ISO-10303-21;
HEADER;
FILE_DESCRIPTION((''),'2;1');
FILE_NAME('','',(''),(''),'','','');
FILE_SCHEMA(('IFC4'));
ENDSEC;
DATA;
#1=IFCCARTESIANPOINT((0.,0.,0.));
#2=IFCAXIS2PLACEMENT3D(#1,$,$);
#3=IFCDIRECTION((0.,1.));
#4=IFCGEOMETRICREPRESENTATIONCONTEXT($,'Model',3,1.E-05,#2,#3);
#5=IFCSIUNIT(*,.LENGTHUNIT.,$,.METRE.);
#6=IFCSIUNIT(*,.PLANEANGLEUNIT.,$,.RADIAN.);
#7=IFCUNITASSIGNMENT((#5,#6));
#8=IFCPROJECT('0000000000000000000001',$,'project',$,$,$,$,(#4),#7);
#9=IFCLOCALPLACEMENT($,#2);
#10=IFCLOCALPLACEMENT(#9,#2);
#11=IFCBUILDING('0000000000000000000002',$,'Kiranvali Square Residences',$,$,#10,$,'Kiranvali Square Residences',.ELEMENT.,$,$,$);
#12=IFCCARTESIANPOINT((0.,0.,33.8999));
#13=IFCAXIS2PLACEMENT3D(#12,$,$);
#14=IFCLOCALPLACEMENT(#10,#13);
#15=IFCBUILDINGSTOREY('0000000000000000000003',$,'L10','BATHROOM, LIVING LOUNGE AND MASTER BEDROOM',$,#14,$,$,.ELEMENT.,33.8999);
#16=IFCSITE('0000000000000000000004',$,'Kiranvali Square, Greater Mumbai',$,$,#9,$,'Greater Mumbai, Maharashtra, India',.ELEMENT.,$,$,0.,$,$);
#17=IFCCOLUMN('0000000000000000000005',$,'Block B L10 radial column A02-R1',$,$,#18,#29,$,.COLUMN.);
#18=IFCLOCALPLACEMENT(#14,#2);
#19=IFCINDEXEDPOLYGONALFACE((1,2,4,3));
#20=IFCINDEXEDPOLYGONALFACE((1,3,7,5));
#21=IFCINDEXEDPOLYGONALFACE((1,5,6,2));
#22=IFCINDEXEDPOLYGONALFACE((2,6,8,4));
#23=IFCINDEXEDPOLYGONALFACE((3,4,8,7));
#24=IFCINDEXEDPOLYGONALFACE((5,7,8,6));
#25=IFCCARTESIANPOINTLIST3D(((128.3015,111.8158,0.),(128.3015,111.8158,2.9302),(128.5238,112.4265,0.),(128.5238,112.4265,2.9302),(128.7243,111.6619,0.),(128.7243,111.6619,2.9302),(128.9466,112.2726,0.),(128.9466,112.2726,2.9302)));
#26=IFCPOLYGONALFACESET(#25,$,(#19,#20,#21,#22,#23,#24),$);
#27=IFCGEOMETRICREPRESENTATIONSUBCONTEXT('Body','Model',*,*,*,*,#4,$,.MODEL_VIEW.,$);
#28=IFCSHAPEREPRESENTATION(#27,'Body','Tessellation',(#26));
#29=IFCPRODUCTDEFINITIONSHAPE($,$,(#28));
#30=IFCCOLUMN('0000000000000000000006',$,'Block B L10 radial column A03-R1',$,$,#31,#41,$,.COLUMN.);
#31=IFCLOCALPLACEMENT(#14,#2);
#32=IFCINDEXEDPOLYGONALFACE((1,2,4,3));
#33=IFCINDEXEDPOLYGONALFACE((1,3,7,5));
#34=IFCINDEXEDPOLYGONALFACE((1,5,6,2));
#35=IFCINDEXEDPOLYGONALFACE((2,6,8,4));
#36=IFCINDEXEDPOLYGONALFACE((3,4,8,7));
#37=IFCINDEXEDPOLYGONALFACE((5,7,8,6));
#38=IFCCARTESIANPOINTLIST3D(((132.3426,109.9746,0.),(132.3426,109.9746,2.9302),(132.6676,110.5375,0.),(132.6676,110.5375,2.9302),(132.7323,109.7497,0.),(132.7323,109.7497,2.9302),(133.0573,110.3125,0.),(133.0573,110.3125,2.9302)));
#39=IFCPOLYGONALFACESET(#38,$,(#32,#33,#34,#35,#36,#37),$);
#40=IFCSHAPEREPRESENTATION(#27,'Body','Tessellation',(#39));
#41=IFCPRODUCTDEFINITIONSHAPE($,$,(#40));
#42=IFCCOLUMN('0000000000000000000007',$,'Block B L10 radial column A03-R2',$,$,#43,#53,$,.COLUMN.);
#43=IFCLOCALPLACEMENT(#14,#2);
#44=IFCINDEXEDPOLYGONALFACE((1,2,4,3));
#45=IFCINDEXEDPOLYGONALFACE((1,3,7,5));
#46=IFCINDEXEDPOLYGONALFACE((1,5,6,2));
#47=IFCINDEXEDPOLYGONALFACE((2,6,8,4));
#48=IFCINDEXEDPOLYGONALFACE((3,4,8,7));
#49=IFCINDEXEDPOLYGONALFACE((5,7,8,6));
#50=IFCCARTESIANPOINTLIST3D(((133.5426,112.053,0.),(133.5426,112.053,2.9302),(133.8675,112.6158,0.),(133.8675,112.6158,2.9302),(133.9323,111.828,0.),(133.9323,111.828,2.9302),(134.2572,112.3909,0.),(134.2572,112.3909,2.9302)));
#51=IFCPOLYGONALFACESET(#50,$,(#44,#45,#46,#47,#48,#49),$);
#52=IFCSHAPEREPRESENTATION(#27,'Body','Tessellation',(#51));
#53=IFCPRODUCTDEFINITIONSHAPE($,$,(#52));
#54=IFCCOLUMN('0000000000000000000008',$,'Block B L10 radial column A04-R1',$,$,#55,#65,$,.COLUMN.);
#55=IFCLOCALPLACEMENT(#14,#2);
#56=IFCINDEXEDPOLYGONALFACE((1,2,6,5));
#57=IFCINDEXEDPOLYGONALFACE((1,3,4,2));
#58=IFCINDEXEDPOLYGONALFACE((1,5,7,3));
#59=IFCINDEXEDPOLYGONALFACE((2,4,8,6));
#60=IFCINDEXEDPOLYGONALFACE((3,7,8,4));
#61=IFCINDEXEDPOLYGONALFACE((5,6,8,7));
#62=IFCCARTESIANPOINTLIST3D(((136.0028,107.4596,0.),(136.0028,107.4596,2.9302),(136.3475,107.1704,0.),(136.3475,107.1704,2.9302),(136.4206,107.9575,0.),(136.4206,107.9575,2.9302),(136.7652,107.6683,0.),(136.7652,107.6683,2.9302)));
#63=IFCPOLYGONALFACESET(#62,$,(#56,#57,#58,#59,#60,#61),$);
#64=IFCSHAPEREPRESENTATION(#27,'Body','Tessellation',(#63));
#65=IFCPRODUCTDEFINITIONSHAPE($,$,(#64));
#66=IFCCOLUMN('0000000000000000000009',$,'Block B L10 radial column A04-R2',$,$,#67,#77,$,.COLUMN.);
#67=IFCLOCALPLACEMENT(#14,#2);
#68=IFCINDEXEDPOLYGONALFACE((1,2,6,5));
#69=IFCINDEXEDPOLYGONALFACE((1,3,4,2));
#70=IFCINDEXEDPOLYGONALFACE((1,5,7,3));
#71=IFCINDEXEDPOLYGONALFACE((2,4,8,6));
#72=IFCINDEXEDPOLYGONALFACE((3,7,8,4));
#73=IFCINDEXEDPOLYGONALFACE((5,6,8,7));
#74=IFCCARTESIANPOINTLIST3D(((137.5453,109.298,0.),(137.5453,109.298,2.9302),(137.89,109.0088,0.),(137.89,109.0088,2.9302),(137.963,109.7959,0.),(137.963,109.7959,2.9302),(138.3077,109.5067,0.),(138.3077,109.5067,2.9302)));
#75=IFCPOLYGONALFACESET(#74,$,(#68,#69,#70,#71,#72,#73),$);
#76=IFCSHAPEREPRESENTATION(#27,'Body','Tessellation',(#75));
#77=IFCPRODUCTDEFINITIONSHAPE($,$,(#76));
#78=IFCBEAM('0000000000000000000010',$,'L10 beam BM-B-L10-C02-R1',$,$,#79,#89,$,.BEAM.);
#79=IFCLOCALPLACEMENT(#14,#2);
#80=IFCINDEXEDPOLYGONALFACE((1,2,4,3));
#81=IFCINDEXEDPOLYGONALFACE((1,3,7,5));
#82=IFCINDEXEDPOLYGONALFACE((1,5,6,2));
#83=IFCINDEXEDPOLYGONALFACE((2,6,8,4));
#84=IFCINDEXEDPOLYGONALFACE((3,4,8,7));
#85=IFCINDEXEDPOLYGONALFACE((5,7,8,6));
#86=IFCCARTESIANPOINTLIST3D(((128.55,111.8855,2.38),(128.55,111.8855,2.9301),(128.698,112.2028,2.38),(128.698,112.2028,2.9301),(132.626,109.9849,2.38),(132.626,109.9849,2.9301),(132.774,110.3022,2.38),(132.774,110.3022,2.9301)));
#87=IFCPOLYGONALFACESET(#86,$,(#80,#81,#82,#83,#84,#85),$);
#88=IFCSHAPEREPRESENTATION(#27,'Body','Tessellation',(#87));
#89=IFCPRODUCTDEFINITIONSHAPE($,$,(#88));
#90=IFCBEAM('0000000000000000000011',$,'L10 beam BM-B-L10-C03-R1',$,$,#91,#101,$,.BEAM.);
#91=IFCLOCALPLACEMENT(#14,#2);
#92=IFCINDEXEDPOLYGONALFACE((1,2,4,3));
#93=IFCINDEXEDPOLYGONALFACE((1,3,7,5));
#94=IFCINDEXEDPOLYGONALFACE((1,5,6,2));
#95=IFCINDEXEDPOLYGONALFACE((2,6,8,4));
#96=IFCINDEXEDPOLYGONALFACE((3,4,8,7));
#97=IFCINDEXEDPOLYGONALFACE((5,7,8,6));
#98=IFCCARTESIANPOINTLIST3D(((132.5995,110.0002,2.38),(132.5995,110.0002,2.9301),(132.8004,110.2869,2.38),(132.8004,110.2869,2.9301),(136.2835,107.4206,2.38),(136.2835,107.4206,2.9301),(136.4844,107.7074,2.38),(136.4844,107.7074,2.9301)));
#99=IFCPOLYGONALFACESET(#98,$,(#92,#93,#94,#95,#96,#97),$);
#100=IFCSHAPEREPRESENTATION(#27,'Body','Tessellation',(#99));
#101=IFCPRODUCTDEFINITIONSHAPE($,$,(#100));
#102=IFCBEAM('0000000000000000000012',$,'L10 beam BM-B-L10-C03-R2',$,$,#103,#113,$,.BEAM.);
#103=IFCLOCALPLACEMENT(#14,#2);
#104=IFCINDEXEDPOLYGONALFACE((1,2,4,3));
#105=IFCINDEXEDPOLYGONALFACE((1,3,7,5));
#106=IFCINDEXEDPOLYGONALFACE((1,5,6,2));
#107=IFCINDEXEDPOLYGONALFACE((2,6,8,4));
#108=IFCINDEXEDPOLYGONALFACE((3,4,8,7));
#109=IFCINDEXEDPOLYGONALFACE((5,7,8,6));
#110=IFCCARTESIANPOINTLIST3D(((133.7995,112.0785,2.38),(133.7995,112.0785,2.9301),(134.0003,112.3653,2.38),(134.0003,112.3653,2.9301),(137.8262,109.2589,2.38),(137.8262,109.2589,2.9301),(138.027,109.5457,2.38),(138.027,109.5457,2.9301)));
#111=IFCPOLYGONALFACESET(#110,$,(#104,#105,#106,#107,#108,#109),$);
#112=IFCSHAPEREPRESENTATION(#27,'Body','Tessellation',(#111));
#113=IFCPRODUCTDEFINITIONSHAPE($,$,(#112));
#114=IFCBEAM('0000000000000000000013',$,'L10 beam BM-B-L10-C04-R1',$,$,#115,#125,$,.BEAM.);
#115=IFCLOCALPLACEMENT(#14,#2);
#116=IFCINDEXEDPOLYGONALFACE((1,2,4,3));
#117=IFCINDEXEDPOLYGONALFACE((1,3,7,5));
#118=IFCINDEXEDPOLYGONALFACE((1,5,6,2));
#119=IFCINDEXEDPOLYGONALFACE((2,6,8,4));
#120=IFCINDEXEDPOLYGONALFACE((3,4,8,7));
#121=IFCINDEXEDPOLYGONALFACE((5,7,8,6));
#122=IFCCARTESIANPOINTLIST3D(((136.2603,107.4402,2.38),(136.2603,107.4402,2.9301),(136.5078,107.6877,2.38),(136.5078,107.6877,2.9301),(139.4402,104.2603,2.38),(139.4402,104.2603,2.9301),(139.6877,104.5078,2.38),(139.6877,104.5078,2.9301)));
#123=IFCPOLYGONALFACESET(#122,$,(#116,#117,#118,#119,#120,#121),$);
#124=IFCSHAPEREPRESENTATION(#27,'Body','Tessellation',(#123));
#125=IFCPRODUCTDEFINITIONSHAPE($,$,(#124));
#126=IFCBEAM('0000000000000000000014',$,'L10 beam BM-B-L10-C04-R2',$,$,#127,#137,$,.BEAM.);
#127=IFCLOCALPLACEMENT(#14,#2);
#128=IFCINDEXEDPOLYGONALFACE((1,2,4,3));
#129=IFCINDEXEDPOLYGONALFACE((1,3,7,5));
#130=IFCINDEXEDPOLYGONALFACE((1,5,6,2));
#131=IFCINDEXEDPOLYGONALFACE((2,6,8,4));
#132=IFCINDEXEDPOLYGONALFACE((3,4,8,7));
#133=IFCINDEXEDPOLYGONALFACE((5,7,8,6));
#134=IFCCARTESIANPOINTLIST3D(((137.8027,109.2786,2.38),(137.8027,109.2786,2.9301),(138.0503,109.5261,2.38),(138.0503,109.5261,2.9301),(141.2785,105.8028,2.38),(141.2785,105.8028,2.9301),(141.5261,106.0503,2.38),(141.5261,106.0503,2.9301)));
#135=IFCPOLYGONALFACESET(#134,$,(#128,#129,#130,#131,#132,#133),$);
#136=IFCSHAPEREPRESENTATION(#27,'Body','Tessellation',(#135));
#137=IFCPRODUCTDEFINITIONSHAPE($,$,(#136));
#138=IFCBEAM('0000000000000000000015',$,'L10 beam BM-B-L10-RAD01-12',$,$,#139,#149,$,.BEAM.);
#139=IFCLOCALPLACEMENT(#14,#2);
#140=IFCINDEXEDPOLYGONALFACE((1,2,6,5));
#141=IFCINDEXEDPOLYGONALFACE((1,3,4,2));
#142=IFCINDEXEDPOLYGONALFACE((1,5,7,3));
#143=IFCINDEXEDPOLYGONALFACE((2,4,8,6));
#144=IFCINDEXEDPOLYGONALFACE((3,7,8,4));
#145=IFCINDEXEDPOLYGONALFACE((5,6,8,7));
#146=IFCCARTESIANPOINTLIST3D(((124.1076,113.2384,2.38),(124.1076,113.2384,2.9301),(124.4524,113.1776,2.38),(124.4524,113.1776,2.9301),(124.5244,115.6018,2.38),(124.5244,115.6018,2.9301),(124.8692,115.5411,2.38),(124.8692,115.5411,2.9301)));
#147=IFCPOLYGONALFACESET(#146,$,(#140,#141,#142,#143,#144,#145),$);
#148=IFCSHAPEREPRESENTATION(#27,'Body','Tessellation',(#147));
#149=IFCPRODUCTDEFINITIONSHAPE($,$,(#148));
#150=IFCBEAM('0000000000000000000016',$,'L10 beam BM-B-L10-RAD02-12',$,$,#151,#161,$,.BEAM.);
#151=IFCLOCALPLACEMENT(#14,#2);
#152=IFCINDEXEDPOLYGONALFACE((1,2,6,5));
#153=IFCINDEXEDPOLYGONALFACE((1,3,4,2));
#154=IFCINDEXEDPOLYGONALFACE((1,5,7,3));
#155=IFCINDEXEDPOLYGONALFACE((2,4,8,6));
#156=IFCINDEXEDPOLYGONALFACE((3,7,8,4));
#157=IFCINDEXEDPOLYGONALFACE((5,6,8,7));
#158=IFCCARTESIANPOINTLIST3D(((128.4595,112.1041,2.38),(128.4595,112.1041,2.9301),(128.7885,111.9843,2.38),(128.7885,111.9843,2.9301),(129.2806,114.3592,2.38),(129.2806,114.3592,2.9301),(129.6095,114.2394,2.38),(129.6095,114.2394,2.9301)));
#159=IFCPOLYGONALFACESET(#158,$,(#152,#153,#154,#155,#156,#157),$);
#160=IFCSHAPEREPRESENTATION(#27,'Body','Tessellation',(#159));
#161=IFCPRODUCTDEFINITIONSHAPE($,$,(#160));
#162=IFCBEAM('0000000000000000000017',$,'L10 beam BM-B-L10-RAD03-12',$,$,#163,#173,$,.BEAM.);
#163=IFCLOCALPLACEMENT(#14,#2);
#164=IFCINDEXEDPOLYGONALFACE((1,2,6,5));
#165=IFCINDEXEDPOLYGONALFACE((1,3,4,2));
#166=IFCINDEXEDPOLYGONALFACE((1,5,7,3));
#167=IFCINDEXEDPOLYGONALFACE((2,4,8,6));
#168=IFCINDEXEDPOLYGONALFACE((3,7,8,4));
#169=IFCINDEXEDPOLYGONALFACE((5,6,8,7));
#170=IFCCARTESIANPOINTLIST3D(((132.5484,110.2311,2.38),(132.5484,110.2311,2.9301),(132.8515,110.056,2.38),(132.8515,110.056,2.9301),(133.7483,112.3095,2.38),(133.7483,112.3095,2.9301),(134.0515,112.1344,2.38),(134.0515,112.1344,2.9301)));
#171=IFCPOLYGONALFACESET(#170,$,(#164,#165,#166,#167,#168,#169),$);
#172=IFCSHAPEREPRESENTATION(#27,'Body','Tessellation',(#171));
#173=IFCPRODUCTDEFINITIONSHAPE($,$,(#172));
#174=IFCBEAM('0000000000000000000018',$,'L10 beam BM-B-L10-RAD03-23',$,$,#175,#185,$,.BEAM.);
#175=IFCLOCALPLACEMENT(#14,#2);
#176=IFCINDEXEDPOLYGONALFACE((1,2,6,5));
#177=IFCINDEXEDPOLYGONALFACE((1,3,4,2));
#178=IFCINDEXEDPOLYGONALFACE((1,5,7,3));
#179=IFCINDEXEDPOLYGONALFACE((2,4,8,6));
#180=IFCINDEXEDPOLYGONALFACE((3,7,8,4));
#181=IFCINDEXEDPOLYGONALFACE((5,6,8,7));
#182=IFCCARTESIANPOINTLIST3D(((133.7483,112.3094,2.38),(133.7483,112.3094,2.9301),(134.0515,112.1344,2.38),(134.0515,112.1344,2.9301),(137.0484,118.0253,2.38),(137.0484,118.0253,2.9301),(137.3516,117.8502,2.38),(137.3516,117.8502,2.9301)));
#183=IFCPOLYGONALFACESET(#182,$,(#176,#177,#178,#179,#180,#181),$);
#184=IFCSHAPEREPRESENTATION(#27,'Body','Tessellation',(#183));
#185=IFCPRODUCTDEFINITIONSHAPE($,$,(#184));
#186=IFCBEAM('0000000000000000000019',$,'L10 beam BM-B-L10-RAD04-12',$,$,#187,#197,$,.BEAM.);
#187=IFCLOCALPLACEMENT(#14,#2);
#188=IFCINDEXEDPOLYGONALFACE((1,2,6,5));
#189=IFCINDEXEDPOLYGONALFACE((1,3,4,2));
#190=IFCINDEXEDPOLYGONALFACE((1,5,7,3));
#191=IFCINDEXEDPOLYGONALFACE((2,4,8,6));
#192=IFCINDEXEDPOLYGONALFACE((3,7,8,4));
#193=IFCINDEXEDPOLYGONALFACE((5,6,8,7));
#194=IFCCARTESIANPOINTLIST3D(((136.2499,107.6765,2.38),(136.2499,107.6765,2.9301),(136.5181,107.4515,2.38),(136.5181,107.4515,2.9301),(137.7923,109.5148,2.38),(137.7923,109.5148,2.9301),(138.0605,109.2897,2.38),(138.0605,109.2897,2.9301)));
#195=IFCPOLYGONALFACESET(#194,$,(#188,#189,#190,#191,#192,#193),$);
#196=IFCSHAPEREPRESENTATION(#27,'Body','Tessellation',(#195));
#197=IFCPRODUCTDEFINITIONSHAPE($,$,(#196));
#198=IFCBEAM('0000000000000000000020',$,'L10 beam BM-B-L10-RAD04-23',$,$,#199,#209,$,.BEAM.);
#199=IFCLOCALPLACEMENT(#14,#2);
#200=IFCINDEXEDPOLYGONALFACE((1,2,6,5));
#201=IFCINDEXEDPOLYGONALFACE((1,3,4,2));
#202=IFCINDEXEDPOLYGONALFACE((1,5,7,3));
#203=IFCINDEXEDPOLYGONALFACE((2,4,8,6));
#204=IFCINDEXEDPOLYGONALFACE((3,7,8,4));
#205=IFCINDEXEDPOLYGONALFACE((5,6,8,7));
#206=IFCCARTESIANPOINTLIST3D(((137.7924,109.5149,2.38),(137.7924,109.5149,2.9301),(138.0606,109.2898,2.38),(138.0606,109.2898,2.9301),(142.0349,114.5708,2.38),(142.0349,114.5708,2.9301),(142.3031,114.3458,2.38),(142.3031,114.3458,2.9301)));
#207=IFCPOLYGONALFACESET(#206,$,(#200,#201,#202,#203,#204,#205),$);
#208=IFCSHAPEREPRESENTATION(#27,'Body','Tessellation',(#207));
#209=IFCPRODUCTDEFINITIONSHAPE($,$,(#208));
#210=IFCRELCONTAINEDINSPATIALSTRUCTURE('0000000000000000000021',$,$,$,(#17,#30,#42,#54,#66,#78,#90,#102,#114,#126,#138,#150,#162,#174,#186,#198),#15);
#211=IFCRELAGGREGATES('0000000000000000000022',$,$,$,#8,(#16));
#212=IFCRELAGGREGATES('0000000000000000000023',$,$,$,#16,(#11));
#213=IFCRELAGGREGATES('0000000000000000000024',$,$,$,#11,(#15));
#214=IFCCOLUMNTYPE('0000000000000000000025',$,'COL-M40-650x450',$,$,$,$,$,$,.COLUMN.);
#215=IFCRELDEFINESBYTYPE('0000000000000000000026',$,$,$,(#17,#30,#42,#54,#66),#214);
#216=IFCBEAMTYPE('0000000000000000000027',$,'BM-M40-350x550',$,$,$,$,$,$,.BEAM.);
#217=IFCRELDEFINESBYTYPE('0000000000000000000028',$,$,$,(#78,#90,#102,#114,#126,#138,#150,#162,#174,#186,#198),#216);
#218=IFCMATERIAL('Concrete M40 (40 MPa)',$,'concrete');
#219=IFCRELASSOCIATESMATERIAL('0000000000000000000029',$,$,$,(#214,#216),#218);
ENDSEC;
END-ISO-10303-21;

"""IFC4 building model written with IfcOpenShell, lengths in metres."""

from ifc_helpers import new_model, si_unit, direction, frame, origin, origin_2d, place, context, subcontext, project, spatial, rectangle, extrude, material, material_profile, profile_set, type_object, element, save


model = new_model("IFC4")

# Units and contexts
model_context = context("Model", 3, precision=1e-05, world=origin(), true_north=direction((0.0, 1.0)))
body_context = subcontext(model_context, "Body", "Model", "MODEL_VIEW")
ifc_project = project(units=[si_unit("LENGTHUNIT", "METRE"), si_unit("PLANEANGLEUNIT", "RADIAN")], contexts=[model_context])

# Site, building, storey
site_placement = place(None, origin())
site = spatial("IfcSite", under=ifc_project, at=site_placement, Name="Kiranvali Square, Greater Mumbai", LongName="Greater Mumbai, Maharashtra, India", CompositionType="ELEMENT", RefElevation=0.0)
building_placement = place(site_placement, origin())
building = spatial("IfcBuilding", under=site, at=building_placement, Name="Kiranvali Square Residences", LongName="Kiranvali Square Residences", CompositionType="ELEMENT")
storey_placement = place(building_placement, frame((0.0, 0.0, 33.8999)))
storey = spatial("IfcBuildingStorey", under=building, at=storey_placement, Name="L10", Description="BATHROOM, LIVING LOUNGE AND MASTER BEDROOM", CompositionType="ELEMENT", Elevation=33.8999)

# Columns
ifc_material_1 = material(Name="Concrete M40 (40 MPa)", Category="concrete")
ifc_material_profile_1 = material_profile(ifc_material_1, rectangle(XDim=0.45, YDim=0.6499, at=origin_2d()), Name="RC 650x450")
ifc_profile_set_1 = profile_set([ifc_material_profile_1], Name="Concrete M40 (40 MPa)")
column_type = type_object("IfcColumnType", Name="COL-M40-650x450", PredefinedType="COLUMN", material=ifc_profile_set_1)
for number, where, z_axis, x_axis, name in (
    (1, (128.624, 112.0442, 0.0), (0.0, 0.0, 1.0), (-0.939693, 0.34202, 0.0), "Block B L10 radial column A02-R1"),
    (2, (132.7, 110.1436, 0.0), (0.0, 0.0, 1.0), (-0.866025, 0.5, 0.0), "Block B L10 radial column A03-R1"),
    (3, (133.8999, 112.2219, 0.0), (0.0, 0.0, 1.0), (-0.866025, 0.5, 0.0), "Block B L10 radial column A03-R2"),
    (4, (136.384, 107.564, 0.0), (0.0, 0.0, 1.0), (-0.766044, 0.642788, 0.0), "Block B L10 radial column A04-R1"),
    (5, (137.9265, 109.4023, 0.0), (0.0, 0.0, 1.0), (-0.766044, 0.642788, 0.0), "Block B L10 radial column A04-R2"),
):
    element("IfcColumn", number, at=place(storey_placement, frame(where, z_axis=z_axis, x_axis=x_axis)), inside=storey, type_object=column_type, Name=name, PredefinedType="COLUMN", context=body_context, shape_type="SweptSolid", body=[
        extrude(rectangle(XDim=0.45, YDim=0.6499, at=origin_2d()), origin(), (0.0, 0.0, 1.0), 2.9302),
    ])

# Beams
ifc_material_profile_2 = material_profile(ifc_material_1, rectangle(XDim=0.3501, YDim=0.55, at=origin_2d()), Name="RC 350x550")
ifc_profile_set_2 = profile_set([ifc_material_profile_2], Name="Concrete M40 (40 MPa)")
beam_type = type_object("IfcBeamType", Name="BM-M40-350x550", PredefinedType="BEAM", material=ifc_profile_set_2)
for number, where, z_axis, x_axis, name in (
    (6, (128.624, 112.0442, 2.655), (0.906308, -0.422618, 0.0), (0.422618, 0.906308, 0.0), "L10 beam BM-B-L10-C02-R1"),
    (7, (132.7, 110.1436, 2.655), (0.819155, -0.573572, 0.0), (0.573572, 0.819155, 0.0), "L10 beam BM-B-L10-C03-R1"),
):
    element("IfcBeam", number, at=place(storey_placement, frame(where, z_axis=z_axis, x_axis=x_axis)), inside=storey, type_object=beam_type, Name=name, PredefinedType="BEAM", context=body_context, shape_type="SweptSolid", body=[
        extrude(rectangle(XDim=0.3501, YDim=0.55, at=origin_2d()), origin(), (0.0, 0.0, 1.0), 4.4973),
    ])
beam_1_placement = place(storey_placement, frame((133.8999, 112.2219, 2.655), z_axis=(0.819141, -0.573592, 0.0), x_axis=(0.573592, 0.819141, 0.0)))
element("IfcBeam", 8, at=beam_1_placement, inside=storey, type_object=beam_type, Name="L10 beam BM-B-L10-C03-R2", PredefinedType="BEAM", context=body_context, shape_type="SweptSolid", body=[
    extrude(rectangle(XDim=0.3501, YDim=0.55, at=origin_2d()), origin(), (0.0, 0.0, 1.0), 4.9158),
])
beam_2_placement = place(storey_placement, frame((136.384, 107.564, 2.655), z_axis=(0.707107, -0.707107, 0.0), x_axis=(0.707107, 0.707107, 0.0)))
element("IfcBeam", 9, at=beam_2_placement, inside=storey, type_object=beam_type, Name="L10 beam BM-B-L10-C04-R1", PredefinedType="BEAM", context=body_context, shape_type="SweptSolid", body=[
    extrude(rectangle(XDim=0.3501, YDim=0.55, at=origin_2d()), origin(), (0.0, 0.0, 1.0), 4.4971),
])
beam_3_placement = place(storey_placement, frame((137.9265, 109.4023, 2.655), z_axis=(0.707107, -0.707107, 0.0), x_axis=(0.707107, 0.707107, 0.0)))
element("IfcBeam", 10, at=beam_3_placement, inside=storey, type_object=beam_type, Name="L10 beam BM-B-L10-C04-R2", PredefinedType="BEAM", context=body_context, shape_type="SweptSolid", body=[
    extrude(rectangle(XDim=0.3501, YDim=0.55, at=origin_2d()), origin(), (0.0, 0.0, 1.0), 4.9155),
])
for number, where, z_axis, x_axis, name in (
    (11, (124.28, 113.208, 2.655), (0.173646, 0.984808, 0.0), (-0.984808, 0.173646, 0.0), "L10 beam BM-B-L10-RAD01-12"),
    (12, (128.624, 112.0442, 2.655), (0.342111, 0.93966, 0.0), (-0.93966, 0.342111, 0.0), "L10 beam BM-B-L10-RAD02-12"),
    (13, (132.7, 110.1436, 2.655), (0.500001, 0.866025, 0.0), (-0.866025, 0.500001, 0.0), "L10 beam BM-B-L10-RAD03-12"),
):
    element("IfcBeam", number, at=place(storey_placement, frame(where, z_axis=z_axis, x_axis=x_axis)), inside=storey, type_object=beam_type, Name=name, PredefinedType="BEAM", context=body_context, shape_type="SweptSolid", body=[
        extrude(rectangle(XDim=0.3501, YDim=0.55, at=origin_2d()), origin(), (0.0, 0.0, 1.0), 2.3999),
    ])
beam_4_placement = place(storey_placement, frame((133.8999, 112.2219, 2.655), z_axis=(0.500002, 0.866024, 0.0), x_axis=(-0.866024, 0.500002, 0.0)))
element("IfcBeam", 14, at=beam_4_placement, inside=storey, type_object=beam_type, Name="L10 beam BM-B-L10-RAD03-23", PredefinedType="BEAM", context=body_context, shape_type="SweptSolid", body=[
    extrude(rectangle(XDim=0.3501, YDim=0.55, at=origin_2d()), origin(), (0.0, 0.0, 1.0), 6.6001),
])
beam_5_placement = place(storey_placement, frame((136.384, 107.564, 2.655), z_axis=(0.642763, 0.766065, 0.0), x_axis=(-0.766065, 0.642763, 0.0)))
element("IfcBeam", 15, at=beam_5_placement, inside=storey, type_object=beam_type, Name="L10 beam BM-B-L10-RAD04-12", PredefinedType="BEAM", context=body_context, shape_type="SweptSolid", body=[
    extrude(rectangle(XDim=0.3501, YDim=0.55, at=origin_2d()), origin(), (0.0, 0.0, 1.0), 2.3997),
])
beam_6_placement = place(storey_placement, frame((137.9265, 109.4023, 2.655), z_axis=(0.642789, 0.766043, 0.0), x_axis=(-0.766043, 0.642789, 0.0)))
element("IfcBeam", 16, at=beam_6_placement, inside=storey, type_object=beam_type, Name="L10 beam BM-B-L10-RAD04-23", PredefinedType="BEAM", context=body_context, shape_type="SweptSolid", body=[
    extrude(rectangle(XDim=0.3501, YDim=0.55, at=origin_2d()), origin(), (0.0, 0.0, 1.0), 6.6001),
])

save(model, "model.ifc")
